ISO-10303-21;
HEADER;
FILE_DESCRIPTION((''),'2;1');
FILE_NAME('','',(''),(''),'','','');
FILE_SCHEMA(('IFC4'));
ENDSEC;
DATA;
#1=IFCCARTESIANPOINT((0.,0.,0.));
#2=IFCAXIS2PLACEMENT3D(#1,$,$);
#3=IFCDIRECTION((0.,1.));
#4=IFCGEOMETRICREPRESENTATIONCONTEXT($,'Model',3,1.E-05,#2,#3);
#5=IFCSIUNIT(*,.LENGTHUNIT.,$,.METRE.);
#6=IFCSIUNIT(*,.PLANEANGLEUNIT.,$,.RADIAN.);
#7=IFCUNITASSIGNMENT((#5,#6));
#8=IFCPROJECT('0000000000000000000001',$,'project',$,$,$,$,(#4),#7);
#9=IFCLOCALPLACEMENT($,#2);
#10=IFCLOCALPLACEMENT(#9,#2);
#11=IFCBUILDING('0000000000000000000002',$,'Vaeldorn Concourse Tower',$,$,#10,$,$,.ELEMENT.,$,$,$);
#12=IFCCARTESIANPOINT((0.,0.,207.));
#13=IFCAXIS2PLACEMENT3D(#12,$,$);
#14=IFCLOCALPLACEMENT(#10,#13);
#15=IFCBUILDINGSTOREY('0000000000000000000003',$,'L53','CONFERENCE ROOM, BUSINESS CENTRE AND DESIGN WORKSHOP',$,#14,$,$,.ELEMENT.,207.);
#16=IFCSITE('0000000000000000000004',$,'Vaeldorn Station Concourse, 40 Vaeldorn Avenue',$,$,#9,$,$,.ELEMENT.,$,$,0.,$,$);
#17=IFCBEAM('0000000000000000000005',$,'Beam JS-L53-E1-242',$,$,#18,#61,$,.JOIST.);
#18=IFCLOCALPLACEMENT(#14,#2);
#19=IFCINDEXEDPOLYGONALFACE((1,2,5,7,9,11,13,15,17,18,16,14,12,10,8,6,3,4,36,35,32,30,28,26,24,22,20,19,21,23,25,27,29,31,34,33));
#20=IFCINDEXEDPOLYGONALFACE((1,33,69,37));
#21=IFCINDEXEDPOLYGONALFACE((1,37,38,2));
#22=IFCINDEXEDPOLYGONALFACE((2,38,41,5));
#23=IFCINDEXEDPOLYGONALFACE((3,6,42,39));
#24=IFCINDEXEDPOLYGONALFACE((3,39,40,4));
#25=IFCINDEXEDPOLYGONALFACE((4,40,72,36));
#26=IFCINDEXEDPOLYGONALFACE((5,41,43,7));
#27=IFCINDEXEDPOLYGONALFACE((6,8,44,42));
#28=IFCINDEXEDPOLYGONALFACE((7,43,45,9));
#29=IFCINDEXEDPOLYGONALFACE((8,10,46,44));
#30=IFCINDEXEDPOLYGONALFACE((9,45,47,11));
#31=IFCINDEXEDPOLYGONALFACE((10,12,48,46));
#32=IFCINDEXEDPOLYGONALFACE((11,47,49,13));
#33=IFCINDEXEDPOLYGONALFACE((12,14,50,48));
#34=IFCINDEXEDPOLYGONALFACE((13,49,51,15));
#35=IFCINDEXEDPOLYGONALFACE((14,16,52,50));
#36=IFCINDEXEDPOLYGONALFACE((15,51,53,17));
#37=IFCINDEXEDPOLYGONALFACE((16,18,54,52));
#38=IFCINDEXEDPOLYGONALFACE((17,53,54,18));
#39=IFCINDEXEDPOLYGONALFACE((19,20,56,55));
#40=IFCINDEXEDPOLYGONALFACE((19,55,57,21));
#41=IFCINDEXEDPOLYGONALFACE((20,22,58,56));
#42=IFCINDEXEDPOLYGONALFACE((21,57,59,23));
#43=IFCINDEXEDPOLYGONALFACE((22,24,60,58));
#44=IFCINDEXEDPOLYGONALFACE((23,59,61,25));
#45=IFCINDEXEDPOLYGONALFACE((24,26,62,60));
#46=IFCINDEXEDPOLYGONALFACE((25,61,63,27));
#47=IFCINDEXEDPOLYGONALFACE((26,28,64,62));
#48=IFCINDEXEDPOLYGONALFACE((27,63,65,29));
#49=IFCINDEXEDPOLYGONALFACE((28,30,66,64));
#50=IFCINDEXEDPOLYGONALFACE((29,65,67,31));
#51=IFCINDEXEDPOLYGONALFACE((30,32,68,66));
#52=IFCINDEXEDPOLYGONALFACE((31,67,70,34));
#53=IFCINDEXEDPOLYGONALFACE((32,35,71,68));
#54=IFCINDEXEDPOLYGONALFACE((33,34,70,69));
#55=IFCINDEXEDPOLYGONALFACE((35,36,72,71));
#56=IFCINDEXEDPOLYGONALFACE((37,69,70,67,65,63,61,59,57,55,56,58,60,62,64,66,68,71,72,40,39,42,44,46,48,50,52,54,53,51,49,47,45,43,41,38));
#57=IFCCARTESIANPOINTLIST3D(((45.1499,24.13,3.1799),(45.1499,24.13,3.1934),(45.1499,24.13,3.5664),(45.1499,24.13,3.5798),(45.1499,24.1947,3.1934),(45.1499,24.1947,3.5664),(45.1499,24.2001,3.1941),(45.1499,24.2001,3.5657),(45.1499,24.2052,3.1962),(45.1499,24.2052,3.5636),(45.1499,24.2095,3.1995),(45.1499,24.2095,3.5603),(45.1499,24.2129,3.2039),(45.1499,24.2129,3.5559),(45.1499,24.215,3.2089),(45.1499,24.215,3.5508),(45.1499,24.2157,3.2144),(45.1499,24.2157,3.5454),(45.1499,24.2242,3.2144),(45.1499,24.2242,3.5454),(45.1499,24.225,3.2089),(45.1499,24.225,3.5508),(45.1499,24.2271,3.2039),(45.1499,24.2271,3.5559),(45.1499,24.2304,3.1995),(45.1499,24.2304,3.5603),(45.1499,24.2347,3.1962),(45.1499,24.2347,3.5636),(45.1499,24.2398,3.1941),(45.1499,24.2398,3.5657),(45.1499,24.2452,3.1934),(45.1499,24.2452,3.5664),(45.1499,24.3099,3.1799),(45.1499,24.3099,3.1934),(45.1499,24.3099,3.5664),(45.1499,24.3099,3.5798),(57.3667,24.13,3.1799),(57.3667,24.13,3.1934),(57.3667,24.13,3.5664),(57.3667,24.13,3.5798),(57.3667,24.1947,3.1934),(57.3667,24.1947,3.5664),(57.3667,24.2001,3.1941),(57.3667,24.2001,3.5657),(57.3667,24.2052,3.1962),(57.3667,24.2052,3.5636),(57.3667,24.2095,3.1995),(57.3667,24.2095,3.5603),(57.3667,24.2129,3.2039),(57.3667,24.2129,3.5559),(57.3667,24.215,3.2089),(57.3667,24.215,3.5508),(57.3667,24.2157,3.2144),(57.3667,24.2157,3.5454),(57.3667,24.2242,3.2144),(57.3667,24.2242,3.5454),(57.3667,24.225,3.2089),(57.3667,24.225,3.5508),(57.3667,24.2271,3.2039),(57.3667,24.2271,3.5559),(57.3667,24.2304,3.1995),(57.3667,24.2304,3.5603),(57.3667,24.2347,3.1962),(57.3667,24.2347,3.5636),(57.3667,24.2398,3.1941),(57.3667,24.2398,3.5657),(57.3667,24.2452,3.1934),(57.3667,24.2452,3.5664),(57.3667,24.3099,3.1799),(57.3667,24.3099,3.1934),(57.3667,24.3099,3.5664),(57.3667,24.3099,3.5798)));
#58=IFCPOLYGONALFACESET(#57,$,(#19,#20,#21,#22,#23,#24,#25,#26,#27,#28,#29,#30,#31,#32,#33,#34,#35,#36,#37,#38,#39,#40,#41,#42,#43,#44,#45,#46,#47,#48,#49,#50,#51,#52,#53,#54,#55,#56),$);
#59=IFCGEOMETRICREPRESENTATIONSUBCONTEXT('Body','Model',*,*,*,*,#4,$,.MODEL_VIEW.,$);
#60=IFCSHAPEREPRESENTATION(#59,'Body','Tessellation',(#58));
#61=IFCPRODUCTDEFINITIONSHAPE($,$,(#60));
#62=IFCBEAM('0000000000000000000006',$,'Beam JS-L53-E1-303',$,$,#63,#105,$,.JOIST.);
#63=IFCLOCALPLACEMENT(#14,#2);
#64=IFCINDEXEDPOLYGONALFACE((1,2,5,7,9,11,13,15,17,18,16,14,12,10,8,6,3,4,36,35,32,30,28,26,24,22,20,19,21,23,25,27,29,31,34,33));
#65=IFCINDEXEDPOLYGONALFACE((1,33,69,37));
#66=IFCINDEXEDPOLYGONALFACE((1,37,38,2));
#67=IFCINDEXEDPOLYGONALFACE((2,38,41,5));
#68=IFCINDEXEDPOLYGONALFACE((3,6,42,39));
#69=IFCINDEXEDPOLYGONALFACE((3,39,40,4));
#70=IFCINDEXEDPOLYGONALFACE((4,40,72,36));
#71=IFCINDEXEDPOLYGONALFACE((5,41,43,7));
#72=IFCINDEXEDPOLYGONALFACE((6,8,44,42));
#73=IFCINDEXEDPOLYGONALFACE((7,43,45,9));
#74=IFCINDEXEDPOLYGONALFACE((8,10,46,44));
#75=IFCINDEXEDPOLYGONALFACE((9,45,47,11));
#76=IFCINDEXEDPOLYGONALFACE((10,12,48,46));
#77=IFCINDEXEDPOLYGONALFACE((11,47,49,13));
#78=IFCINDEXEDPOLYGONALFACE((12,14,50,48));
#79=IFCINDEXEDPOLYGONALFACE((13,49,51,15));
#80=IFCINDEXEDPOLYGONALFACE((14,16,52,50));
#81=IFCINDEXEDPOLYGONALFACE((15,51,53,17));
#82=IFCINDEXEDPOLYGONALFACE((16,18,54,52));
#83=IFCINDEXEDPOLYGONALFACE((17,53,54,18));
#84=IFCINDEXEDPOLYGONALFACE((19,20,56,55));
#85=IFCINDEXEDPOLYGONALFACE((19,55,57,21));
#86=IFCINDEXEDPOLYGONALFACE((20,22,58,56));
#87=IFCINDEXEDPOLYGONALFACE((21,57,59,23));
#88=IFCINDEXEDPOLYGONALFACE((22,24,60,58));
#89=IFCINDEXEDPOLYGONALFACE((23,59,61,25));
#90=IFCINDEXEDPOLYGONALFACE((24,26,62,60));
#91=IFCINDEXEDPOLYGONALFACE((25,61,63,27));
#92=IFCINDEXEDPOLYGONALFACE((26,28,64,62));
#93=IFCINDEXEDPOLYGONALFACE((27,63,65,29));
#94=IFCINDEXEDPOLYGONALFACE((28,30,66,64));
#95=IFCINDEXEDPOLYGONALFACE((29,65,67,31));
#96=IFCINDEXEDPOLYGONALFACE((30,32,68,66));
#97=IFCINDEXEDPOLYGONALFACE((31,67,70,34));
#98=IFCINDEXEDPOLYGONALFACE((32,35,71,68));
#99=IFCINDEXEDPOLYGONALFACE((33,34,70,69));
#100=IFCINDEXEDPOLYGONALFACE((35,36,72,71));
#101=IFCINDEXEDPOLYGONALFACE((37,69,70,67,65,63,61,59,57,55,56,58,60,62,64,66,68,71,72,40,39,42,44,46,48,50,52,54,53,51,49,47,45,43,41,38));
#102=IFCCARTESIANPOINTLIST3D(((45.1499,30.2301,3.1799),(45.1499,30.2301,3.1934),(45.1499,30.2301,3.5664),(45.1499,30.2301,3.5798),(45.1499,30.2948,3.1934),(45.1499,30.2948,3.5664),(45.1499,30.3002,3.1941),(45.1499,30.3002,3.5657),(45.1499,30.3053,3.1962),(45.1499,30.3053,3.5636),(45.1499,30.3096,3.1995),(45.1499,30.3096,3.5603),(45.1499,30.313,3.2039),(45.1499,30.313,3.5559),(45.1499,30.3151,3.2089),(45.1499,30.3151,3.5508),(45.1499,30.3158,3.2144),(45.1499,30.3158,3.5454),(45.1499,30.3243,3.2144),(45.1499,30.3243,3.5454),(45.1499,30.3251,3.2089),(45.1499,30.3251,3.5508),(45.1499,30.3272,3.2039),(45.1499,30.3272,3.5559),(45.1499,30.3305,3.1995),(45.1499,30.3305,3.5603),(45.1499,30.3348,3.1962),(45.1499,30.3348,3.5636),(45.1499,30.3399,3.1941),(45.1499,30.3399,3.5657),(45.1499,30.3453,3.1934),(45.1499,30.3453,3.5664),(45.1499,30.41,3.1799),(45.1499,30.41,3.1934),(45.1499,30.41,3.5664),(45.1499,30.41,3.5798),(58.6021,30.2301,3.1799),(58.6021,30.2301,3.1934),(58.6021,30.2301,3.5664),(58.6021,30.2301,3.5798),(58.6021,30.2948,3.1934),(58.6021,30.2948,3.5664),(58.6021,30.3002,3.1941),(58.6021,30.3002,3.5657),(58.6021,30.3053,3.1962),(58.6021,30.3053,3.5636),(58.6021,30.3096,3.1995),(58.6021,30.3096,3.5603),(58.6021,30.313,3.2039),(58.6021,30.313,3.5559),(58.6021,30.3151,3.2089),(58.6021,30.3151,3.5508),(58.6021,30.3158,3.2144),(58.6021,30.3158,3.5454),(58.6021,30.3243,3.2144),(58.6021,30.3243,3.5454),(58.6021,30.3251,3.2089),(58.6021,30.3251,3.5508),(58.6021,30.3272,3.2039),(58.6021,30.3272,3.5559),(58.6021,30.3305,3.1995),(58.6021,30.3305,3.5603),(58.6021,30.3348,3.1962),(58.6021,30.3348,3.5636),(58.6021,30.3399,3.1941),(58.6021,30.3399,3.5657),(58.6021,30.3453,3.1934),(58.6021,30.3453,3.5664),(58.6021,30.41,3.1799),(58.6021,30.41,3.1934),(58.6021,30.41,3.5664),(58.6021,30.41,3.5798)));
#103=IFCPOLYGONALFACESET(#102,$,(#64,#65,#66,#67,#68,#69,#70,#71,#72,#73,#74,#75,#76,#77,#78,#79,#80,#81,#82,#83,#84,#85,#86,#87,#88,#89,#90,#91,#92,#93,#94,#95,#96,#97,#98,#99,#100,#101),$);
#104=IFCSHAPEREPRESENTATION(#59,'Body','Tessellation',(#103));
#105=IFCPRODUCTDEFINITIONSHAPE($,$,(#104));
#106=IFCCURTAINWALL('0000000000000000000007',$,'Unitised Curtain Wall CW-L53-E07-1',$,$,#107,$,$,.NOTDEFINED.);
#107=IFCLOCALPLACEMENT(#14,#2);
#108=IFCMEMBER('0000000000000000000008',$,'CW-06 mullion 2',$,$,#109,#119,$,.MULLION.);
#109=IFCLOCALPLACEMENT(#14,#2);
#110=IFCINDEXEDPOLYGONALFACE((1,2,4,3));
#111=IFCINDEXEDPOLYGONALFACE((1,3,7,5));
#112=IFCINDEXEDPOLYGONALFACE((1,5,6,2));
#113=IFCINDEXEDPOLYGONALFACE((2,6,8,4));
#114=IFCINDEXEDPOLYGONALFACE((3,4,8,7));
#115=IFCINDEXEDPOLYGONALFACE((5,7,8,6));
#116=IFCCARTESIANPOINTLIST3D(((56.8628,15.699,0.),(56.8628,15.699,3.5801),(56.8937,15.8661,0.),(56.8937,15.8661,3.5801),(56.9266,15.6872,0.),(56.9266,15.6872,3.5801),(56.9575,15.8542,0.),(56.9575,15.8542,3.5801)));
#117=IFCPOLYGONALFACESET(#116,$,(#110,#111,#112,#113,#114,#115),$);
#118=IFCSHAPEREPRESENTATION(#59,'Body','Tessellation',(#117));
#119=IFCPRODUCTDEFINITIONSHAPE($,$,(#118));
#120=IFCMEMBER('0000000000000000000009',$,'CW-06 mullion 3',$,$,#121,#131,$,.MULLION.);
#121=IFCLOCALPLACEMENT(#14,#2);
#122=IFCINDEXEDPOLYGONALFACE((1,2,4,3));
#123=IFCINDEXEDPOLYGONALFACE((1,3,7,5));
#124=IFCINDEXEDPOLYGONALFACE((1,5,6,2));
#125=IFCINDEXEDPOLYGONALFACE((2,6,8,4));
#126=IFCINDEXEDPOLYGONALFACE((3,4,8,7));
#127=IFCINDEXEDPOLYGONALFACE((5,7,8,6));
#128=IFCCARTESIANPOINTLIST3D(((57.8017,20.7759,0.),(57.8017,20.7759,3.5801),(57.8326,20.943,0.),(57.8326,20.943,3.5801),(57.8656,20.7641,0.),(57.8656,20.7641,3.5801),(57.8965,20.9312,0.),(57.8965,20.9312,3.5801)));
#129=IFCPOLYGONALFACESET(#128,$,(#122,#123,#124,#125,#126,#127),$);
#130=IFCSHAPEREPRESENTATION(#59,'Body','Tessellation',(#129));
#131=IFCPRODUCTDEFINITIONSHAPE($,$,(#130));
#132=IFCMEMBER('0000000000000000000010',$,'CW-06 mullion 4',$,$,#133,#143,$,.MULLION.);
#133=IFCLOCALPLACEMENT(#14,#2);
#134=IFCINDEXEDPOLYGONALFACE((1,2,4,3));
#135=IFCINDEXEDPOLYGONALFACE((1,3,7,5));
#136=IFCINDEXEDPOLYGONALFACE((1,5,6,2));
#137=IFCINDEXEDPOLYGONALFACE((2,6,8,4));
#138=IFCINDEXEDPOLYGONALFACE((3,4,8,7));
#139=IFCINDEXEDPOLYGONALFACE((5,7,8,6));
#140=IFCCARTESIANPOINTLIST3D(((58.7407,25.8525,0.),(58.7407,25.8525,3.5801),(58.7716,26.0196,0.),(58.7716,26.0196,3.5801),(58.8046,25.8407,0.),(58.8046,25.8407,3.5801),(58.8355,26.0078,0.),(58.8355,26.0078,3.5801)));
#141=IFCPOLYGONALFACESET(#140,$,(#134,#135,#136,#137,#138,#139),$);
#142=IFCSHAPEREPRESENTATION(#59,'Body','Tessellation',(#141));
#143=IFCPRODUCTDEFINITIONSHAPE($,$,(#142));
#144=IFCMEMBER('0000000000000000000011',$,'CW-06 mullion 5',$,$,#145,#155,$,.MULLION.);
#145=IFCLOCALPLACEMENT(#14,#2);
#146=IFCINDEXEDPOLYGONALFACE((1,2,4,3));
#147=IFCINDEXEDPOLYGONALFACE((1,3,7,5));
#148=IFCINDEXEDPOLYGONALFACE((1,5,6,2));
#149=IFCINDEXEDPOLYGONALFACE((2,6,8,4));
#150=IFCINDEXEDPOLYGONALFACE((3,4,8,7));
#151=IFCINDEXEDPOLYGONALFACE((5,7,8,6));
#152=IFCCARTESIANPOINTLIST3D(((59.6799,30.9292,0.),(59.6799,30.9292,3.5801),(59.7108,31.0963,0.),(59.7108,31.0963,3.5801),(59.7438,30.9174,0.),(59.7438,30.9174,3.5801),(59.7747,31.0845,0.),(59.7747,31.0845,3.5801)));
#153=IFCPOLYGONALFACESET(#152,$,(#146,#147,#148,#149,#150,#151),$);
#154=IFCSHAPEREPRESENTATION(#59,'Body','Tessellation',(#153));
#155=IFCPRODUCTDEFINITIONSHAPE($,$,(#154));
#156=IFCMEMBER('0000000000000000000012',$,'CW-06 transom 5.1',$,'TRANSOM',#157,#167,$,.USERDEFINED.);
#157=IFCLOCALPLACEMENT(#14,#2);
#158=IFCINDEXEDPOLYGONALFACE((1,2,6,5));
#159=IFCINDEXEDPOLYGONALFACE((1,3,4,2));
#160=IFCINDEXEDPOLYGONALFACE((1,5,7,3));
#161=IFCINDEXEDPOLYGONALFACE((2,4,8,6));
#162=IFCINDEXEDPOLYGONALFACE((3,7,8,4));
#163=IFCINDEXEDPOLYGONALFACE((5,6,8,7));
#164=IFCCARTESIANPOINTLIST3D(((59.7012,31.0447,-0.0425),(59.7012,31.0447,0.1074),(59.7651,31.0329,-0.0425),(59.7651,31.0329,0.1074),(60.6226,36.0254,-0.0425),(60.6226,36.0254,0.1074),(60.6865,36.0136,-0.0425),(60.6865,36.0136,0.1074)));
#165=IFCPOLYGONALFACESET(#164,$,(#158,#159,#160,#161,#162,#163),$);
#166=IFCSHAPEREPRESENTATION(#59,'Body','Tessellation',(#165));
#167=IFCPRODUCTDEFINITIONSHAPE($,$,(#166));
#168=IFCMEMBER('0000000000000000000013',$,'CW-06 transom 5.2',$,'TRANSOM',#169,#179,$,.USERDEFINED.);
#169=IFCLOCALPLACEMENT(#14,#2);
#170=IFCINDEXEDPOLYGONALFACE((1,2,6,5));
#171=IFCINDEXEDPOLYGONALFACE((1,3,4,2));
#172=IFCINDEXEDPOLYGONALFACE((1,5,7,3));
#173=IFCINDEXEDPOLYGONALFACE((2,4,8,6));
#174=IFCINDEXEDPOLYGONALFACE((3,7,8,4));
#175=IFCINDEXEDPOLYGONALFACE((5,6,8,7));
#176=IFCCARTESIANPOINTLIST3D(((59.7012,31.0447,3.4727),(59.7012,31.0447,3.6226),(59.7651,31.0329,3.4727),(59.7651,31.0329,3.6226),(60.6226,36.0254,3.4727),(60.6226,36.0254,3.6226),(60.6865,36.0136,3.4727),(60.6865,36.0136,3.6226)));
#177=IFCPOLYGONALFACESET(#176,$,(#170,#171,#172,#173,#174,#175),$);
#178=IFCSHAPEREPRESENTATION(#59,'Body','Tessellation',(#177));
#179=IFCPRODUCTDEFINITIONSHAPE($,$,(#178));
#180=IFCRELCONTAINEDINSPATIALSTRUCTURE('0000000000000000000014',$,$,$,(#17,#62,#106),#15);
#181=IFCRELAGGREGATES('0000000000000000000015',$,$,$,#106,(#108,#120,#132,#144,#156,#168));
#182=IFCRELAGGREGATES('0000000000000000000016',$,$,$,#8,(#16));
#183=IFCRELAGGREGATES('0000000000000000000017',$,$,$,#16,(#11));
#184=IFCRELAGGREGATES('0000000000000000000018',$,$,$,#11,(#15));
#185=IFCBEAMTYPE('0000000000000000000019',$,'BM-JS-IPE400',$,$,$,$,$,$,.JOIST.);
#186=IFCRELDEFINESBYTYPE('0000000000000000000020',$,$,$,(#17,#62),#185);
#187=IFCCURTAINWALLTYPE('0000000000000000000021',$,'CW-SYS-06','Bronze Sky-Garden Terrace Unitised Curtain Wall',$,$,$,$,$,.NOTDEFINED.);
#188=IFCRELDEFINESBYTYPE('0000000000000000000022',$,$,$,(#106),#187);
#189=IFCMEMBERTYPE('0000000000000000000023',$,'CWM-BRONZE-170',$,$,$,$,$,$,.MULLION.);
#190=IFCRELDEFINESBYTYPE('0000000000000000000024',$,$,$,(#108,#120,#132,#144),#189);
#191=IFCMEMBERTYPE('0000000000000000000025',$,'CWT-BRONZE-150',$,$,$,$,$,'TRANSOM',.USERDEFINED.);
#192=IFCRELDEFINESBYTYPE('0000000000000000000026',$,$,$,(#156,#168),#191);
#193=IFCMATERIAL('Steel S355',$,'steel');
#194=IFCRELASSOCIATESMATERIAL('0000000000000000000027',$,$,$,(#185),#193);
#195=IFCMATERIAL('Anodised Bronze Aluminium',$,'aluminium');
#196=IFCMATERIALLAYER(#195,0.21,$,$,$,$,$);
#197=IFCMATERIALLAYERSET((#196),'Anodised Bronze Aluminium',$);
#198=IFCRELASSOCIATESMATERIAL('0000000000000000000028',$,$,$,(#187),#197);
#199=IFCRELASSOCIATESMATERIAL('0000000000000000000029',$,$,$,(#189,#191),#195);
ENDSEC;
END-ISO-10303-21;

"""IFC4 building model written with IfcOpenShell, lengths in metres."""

from ifc_helpers import new_model, si_unit, direction, frame, origin, origin_2d, place, context, subcontext, project, spatial, rectangle, i_section, extrude, source, transform, mapped, material, layer, layer_set, material_profile, profile_set, type_object, element, aggregate, save


model = new_model("IFC4")

# Units and contexts
model_context = context("Model", 3, precision=1e-05, world=origin(), true_north=direction((0.0, 1.0)))
body_context = subcontext(model_context, "Body", "Model", "MODEL_VIEW")
ifc_project = project(units=[si_unit("LENGTHUNIT", "METRE"), si_unit("PLANEANGLEUNIT", "RADIAN")], contexts=[model_context])

# Site, building, storey
site_placement = place(None, origin())
site = spatial("IfcSite", under=ifc_project, at=site_placement, Name="Vaeldorn Station Concourse, 40 Vaeldorn Avenue", CompositionType="ELEMENT", RefElevation=0.0)
building_placement = place(site_placement, origin())
building = spatial("IfcBuilding", under=site, at=building_placement, Name="Vaeldorn Concourse Tower", CompositionType="ELEMENT")
storey_placement = place(building_placement, frame((0.0, 0.0, 207.0)))
storey = spatial("IfcBuildingStorey", under=building, at=storey_placement, Name="L53", Description="CONFERENCE ROOM, BUSINESS CENTRE AND DESIGN WORKSHOP", CompositionType="ELEMENT", Elevation=207.0)

# Shared definitions
ifc_material_1 = material(Name="Steel S355", Category="steel")

# Beams
ifc_material_profile_1 = material_profile(ifc_material_1, i_section(OverallWidth=0.1799, OverallDepth=0.3999, WebThickness=0.0085, FlangeThickness=0.0134, FilletRadius=0.021, at=origin_2d()), Name="IPE 400")
ifc_profile_set_1 = profile_set([ifc_material_profile_1], Name="Steel S355")
beam_type_1 = type_object("IfcBeamType", Name="BM-JS-IPE400", PredefinedType="JOIST", material=ifc_profile_set_1)
shared_shape_1 = source(origin(), body_context, "Body", "SweptSolid", [
    extrude(i_section(OverallWidth=0.1799, OverallDepth=0.3999, WebThickness=0.0085, FlangeThickness=0.0134, FilletRadius=0.021, at=origin_2d()), origin(), (0.0, 0.0, 1.0), 12.2168),
])
beam_1_placement = place(storey_placement, frame((45.1499, 24.22, 3.3799), z_axis=(1.0, 0.0, 0.0), x_axis=(0.0, 1.0, 0.0)))
element("IfcBeam", 1, at=beam_1_placement, inside=storey, type_object=beam_type_1, Name="Beam JS-L53-E1-242", PredefinedType="JOIST", context=body_context, shape_type="MappedRepresentation", body=[
    mapped(shared_shape_1, transform((0.0, 0.0, 0.0), scale=1.0)),
])
shared_shape_2 = source(origin(), body_context, "Body", "SweptSolid", [
    extrude(i_section(OverallWidth=0.1799, OverallDepth=0.3999, WebThickness=0.0085, FlangeThickness=0.0134, FilletRadius=0.021, at=origin_2d()), origin(), (0.0, 0.0, 1.0), 13.4521),
])
beam_2_placement = place(storey_placement, frame((45.1499, 30.3201, 3.3799), z_axis=(1.0, 0.0, 0.0), x_axis=(0.0, 1.0, 0.0)))
element("IfcBeam", 2, at=beam_2_placement, inside=storey, type_object=beam_type_1, Name="Beam JS-L53-E1-303", PredefinedType="JOIST", context=body_context, shape_type="MappedRepresentation", body=[
    mapped(shared_shape_2, transform((0.0, 0.0, 0.0), scale=1.0)),
])

# Curtain wall, members
ifc_material_2 = material(Name="Anodised Bronze Aluminium", Category="aluminium")
ifc_layer_1 = layer(ifc_material_2, 0.21)
ifc_layer_set_1 = layer_set([ifc_layer_1], Name="Anodised Bronze Aluminium")
curtain_wall_type = type_object("IfcCurtainWallType", Name="CW-SYS-06", Description="Bronze Sky-Garden Terrace Unitised Curtain Wall", PredefinedType="NOTDEFINED", material=ifc_layer_set_1)
curtain_wall_placement = place(storey_placement, origin())
curtain_wall = element("IfcCurtainWall", 3, at=curtain_wall_placement, inside=storey, type_object=curtain_wall_type, Name="Unitised Curtain Wall CW-L53-E07-1", PredefinedType="NOTDEFINED")
ifc_material_profile_2 = material_profile(ifc_material_2, rectangle(XDim=0.0649, YDim=0.1699, at=origin_2d()), Name="CWM 65x170")
ifc_profile_set_2 = profile_set([ifc_material_profile_2], Name="Anodised Bronze Aluminium")
member_type_1 = type_object("IfcMemberType", Name="CWM-BRONZE-170", PredefinedType="MULLION", material=ifc_profile_set_2)
shared_shape_3 = source(origin(), body_context, "Body", "SweptSolid", [
    extrude(rectangle(XDim=0.0649, YDim=0.1699, at=origin_2d()), origin(), (0.0, 0.0, 1.0), 3.5801),
])
member_1_placement = place(storey_placement, frame((56.9102, 15.7766, 0.0), z_axis=(0.0, 0.0, 1.0), x_axis=(-0.983319, 0.181889, 0.0)))
member_1 = element("IfcMember", 4, at=member_1_placement, type_object=member_type_1, Name="CW-06 mullion 2", PredefinedType="MULLION", context=body_context, shape_type="MappedRepresentation", body=[
    mapped(shared_shape_3, transform((0.0, 0.0, 0.0), scale=1.0)),
])
member_2_placement = place(storey_placement, frame((57.8491, 20.8535, 0.0), z_axis=(0.0, 0.0, 1.0), x_axis=(-0.983319, 0.181889, 0.0)))
member_2 = element("IfcMember", 5, at=member_2_placement, type_object=member_type_1, Name="CW-06 mullion 3", PredefinedType="MULLION", context=body_context, shape_type="MappedRepresentation", body=[
    mapped(shared_shape_3, transform((0.0, 0.0, 0.0), scale=1.0)),
])
member_3_placement = place(storey_placement, frame((58.7881, 25.9302, 0.0), z_axis=(0.0, 0.0, 1.0), x_axis=(-0.983319, 0.181889, 0.0)))
member_3 = element("IfcMember", 6, at=member_3_placement, type_object=member_type_1, Name="CW-06 mullion 4", PredefinedType="MULLION", context=body_context, shape_type="MappedRepresentation", body=[
    mapped(shared_shape_3, transform((0.0, 0.0, 0.0), scale=1.0)),
])
member_4_placement = place(storey_placement, frame((59.7273, 31.0068, 0.0), z_axis=(0.0, 0.0, 1.0), x_axis=(-0.983319, 0.181889, 0.0)))
member_4 = element("IfcMember", 7, at=member_4_placement, type_object=member_type_1, Name="CW-06 mullion 5", PredefinedType="MULLION", context=body_context, shape_type="MappedRepresentation", body=[
    mapped(shared_shape_3, transform((0.0, 0.0, 0.0), scale=1.0)),
])
ifc_material_profile_3 = material_profile(ifc_material_2, rectangle(XDim=0.0649, YDim=0.1499, at=origin_2d()), Name="CWT 65x150")
ifc_profile_set_3 = profile_set([ifc_material_profile_3], Name="Anodised Bronze Aluminium")
member_type_2 = type_object("IfcMemberType", Name="CWT-BRONZE-150", ElementType="TRANSOM", PredefinedType="USERDEFINED", material=ifc_profile_set_3)
shared_shape_4 = source(origin(), body_context, "Body", "SweptSolid", [
    extrude(rectangle(XDim=0.0649, YDim=0.1499, at=origin_2d()), origin(), (0.0, 0.0, 1.0), 5.0652),
])
member_5_placement = place(storey_placement, frame((59.7332, 31.0388, 0.0325), z_axis=(0.181905, 0.983316, 0.0), x_axis=(-0.983316, 0.181905, 0.0)))
member_5 = element("IfcMember", 8, at=member_5_placement, type_object=member_type_2, Name="CW-06 transom 5.1", ObjectType="TRANSOM", PredefinedType="USERDEFINED", context=body_context, shape_type="MappedRepresentation", body=[
    mapped(shared_shape_4, transform((0.0, 0.0, 0.0), scale=1.0)),
])
member_6_placement = place(storey_placement, frame((59.7332, 31.0388, 3.5476), z_axis=(0.181905, 0.983316, 0.0), x_axis=(-0.983316, 0.181905, 0.0)))
member_6 = element("IfcMember", 9, at=member_6_placement, type_object=member_type_2, Name="CW-06 transom 5.2", ObjectType="TRANSOM", PredefinedType="USERDEFINED", context=body_context, shape_type="MappedRepresentation", body=[
    mapped(shared_shape_4, transform((0.0, 0.0, 0.0), scale=1.0)),
])
aggregate(curtain_wall, [member_1, member_2, member_3, member_4, member_5, member_6])

save(model, "model.ifc")
